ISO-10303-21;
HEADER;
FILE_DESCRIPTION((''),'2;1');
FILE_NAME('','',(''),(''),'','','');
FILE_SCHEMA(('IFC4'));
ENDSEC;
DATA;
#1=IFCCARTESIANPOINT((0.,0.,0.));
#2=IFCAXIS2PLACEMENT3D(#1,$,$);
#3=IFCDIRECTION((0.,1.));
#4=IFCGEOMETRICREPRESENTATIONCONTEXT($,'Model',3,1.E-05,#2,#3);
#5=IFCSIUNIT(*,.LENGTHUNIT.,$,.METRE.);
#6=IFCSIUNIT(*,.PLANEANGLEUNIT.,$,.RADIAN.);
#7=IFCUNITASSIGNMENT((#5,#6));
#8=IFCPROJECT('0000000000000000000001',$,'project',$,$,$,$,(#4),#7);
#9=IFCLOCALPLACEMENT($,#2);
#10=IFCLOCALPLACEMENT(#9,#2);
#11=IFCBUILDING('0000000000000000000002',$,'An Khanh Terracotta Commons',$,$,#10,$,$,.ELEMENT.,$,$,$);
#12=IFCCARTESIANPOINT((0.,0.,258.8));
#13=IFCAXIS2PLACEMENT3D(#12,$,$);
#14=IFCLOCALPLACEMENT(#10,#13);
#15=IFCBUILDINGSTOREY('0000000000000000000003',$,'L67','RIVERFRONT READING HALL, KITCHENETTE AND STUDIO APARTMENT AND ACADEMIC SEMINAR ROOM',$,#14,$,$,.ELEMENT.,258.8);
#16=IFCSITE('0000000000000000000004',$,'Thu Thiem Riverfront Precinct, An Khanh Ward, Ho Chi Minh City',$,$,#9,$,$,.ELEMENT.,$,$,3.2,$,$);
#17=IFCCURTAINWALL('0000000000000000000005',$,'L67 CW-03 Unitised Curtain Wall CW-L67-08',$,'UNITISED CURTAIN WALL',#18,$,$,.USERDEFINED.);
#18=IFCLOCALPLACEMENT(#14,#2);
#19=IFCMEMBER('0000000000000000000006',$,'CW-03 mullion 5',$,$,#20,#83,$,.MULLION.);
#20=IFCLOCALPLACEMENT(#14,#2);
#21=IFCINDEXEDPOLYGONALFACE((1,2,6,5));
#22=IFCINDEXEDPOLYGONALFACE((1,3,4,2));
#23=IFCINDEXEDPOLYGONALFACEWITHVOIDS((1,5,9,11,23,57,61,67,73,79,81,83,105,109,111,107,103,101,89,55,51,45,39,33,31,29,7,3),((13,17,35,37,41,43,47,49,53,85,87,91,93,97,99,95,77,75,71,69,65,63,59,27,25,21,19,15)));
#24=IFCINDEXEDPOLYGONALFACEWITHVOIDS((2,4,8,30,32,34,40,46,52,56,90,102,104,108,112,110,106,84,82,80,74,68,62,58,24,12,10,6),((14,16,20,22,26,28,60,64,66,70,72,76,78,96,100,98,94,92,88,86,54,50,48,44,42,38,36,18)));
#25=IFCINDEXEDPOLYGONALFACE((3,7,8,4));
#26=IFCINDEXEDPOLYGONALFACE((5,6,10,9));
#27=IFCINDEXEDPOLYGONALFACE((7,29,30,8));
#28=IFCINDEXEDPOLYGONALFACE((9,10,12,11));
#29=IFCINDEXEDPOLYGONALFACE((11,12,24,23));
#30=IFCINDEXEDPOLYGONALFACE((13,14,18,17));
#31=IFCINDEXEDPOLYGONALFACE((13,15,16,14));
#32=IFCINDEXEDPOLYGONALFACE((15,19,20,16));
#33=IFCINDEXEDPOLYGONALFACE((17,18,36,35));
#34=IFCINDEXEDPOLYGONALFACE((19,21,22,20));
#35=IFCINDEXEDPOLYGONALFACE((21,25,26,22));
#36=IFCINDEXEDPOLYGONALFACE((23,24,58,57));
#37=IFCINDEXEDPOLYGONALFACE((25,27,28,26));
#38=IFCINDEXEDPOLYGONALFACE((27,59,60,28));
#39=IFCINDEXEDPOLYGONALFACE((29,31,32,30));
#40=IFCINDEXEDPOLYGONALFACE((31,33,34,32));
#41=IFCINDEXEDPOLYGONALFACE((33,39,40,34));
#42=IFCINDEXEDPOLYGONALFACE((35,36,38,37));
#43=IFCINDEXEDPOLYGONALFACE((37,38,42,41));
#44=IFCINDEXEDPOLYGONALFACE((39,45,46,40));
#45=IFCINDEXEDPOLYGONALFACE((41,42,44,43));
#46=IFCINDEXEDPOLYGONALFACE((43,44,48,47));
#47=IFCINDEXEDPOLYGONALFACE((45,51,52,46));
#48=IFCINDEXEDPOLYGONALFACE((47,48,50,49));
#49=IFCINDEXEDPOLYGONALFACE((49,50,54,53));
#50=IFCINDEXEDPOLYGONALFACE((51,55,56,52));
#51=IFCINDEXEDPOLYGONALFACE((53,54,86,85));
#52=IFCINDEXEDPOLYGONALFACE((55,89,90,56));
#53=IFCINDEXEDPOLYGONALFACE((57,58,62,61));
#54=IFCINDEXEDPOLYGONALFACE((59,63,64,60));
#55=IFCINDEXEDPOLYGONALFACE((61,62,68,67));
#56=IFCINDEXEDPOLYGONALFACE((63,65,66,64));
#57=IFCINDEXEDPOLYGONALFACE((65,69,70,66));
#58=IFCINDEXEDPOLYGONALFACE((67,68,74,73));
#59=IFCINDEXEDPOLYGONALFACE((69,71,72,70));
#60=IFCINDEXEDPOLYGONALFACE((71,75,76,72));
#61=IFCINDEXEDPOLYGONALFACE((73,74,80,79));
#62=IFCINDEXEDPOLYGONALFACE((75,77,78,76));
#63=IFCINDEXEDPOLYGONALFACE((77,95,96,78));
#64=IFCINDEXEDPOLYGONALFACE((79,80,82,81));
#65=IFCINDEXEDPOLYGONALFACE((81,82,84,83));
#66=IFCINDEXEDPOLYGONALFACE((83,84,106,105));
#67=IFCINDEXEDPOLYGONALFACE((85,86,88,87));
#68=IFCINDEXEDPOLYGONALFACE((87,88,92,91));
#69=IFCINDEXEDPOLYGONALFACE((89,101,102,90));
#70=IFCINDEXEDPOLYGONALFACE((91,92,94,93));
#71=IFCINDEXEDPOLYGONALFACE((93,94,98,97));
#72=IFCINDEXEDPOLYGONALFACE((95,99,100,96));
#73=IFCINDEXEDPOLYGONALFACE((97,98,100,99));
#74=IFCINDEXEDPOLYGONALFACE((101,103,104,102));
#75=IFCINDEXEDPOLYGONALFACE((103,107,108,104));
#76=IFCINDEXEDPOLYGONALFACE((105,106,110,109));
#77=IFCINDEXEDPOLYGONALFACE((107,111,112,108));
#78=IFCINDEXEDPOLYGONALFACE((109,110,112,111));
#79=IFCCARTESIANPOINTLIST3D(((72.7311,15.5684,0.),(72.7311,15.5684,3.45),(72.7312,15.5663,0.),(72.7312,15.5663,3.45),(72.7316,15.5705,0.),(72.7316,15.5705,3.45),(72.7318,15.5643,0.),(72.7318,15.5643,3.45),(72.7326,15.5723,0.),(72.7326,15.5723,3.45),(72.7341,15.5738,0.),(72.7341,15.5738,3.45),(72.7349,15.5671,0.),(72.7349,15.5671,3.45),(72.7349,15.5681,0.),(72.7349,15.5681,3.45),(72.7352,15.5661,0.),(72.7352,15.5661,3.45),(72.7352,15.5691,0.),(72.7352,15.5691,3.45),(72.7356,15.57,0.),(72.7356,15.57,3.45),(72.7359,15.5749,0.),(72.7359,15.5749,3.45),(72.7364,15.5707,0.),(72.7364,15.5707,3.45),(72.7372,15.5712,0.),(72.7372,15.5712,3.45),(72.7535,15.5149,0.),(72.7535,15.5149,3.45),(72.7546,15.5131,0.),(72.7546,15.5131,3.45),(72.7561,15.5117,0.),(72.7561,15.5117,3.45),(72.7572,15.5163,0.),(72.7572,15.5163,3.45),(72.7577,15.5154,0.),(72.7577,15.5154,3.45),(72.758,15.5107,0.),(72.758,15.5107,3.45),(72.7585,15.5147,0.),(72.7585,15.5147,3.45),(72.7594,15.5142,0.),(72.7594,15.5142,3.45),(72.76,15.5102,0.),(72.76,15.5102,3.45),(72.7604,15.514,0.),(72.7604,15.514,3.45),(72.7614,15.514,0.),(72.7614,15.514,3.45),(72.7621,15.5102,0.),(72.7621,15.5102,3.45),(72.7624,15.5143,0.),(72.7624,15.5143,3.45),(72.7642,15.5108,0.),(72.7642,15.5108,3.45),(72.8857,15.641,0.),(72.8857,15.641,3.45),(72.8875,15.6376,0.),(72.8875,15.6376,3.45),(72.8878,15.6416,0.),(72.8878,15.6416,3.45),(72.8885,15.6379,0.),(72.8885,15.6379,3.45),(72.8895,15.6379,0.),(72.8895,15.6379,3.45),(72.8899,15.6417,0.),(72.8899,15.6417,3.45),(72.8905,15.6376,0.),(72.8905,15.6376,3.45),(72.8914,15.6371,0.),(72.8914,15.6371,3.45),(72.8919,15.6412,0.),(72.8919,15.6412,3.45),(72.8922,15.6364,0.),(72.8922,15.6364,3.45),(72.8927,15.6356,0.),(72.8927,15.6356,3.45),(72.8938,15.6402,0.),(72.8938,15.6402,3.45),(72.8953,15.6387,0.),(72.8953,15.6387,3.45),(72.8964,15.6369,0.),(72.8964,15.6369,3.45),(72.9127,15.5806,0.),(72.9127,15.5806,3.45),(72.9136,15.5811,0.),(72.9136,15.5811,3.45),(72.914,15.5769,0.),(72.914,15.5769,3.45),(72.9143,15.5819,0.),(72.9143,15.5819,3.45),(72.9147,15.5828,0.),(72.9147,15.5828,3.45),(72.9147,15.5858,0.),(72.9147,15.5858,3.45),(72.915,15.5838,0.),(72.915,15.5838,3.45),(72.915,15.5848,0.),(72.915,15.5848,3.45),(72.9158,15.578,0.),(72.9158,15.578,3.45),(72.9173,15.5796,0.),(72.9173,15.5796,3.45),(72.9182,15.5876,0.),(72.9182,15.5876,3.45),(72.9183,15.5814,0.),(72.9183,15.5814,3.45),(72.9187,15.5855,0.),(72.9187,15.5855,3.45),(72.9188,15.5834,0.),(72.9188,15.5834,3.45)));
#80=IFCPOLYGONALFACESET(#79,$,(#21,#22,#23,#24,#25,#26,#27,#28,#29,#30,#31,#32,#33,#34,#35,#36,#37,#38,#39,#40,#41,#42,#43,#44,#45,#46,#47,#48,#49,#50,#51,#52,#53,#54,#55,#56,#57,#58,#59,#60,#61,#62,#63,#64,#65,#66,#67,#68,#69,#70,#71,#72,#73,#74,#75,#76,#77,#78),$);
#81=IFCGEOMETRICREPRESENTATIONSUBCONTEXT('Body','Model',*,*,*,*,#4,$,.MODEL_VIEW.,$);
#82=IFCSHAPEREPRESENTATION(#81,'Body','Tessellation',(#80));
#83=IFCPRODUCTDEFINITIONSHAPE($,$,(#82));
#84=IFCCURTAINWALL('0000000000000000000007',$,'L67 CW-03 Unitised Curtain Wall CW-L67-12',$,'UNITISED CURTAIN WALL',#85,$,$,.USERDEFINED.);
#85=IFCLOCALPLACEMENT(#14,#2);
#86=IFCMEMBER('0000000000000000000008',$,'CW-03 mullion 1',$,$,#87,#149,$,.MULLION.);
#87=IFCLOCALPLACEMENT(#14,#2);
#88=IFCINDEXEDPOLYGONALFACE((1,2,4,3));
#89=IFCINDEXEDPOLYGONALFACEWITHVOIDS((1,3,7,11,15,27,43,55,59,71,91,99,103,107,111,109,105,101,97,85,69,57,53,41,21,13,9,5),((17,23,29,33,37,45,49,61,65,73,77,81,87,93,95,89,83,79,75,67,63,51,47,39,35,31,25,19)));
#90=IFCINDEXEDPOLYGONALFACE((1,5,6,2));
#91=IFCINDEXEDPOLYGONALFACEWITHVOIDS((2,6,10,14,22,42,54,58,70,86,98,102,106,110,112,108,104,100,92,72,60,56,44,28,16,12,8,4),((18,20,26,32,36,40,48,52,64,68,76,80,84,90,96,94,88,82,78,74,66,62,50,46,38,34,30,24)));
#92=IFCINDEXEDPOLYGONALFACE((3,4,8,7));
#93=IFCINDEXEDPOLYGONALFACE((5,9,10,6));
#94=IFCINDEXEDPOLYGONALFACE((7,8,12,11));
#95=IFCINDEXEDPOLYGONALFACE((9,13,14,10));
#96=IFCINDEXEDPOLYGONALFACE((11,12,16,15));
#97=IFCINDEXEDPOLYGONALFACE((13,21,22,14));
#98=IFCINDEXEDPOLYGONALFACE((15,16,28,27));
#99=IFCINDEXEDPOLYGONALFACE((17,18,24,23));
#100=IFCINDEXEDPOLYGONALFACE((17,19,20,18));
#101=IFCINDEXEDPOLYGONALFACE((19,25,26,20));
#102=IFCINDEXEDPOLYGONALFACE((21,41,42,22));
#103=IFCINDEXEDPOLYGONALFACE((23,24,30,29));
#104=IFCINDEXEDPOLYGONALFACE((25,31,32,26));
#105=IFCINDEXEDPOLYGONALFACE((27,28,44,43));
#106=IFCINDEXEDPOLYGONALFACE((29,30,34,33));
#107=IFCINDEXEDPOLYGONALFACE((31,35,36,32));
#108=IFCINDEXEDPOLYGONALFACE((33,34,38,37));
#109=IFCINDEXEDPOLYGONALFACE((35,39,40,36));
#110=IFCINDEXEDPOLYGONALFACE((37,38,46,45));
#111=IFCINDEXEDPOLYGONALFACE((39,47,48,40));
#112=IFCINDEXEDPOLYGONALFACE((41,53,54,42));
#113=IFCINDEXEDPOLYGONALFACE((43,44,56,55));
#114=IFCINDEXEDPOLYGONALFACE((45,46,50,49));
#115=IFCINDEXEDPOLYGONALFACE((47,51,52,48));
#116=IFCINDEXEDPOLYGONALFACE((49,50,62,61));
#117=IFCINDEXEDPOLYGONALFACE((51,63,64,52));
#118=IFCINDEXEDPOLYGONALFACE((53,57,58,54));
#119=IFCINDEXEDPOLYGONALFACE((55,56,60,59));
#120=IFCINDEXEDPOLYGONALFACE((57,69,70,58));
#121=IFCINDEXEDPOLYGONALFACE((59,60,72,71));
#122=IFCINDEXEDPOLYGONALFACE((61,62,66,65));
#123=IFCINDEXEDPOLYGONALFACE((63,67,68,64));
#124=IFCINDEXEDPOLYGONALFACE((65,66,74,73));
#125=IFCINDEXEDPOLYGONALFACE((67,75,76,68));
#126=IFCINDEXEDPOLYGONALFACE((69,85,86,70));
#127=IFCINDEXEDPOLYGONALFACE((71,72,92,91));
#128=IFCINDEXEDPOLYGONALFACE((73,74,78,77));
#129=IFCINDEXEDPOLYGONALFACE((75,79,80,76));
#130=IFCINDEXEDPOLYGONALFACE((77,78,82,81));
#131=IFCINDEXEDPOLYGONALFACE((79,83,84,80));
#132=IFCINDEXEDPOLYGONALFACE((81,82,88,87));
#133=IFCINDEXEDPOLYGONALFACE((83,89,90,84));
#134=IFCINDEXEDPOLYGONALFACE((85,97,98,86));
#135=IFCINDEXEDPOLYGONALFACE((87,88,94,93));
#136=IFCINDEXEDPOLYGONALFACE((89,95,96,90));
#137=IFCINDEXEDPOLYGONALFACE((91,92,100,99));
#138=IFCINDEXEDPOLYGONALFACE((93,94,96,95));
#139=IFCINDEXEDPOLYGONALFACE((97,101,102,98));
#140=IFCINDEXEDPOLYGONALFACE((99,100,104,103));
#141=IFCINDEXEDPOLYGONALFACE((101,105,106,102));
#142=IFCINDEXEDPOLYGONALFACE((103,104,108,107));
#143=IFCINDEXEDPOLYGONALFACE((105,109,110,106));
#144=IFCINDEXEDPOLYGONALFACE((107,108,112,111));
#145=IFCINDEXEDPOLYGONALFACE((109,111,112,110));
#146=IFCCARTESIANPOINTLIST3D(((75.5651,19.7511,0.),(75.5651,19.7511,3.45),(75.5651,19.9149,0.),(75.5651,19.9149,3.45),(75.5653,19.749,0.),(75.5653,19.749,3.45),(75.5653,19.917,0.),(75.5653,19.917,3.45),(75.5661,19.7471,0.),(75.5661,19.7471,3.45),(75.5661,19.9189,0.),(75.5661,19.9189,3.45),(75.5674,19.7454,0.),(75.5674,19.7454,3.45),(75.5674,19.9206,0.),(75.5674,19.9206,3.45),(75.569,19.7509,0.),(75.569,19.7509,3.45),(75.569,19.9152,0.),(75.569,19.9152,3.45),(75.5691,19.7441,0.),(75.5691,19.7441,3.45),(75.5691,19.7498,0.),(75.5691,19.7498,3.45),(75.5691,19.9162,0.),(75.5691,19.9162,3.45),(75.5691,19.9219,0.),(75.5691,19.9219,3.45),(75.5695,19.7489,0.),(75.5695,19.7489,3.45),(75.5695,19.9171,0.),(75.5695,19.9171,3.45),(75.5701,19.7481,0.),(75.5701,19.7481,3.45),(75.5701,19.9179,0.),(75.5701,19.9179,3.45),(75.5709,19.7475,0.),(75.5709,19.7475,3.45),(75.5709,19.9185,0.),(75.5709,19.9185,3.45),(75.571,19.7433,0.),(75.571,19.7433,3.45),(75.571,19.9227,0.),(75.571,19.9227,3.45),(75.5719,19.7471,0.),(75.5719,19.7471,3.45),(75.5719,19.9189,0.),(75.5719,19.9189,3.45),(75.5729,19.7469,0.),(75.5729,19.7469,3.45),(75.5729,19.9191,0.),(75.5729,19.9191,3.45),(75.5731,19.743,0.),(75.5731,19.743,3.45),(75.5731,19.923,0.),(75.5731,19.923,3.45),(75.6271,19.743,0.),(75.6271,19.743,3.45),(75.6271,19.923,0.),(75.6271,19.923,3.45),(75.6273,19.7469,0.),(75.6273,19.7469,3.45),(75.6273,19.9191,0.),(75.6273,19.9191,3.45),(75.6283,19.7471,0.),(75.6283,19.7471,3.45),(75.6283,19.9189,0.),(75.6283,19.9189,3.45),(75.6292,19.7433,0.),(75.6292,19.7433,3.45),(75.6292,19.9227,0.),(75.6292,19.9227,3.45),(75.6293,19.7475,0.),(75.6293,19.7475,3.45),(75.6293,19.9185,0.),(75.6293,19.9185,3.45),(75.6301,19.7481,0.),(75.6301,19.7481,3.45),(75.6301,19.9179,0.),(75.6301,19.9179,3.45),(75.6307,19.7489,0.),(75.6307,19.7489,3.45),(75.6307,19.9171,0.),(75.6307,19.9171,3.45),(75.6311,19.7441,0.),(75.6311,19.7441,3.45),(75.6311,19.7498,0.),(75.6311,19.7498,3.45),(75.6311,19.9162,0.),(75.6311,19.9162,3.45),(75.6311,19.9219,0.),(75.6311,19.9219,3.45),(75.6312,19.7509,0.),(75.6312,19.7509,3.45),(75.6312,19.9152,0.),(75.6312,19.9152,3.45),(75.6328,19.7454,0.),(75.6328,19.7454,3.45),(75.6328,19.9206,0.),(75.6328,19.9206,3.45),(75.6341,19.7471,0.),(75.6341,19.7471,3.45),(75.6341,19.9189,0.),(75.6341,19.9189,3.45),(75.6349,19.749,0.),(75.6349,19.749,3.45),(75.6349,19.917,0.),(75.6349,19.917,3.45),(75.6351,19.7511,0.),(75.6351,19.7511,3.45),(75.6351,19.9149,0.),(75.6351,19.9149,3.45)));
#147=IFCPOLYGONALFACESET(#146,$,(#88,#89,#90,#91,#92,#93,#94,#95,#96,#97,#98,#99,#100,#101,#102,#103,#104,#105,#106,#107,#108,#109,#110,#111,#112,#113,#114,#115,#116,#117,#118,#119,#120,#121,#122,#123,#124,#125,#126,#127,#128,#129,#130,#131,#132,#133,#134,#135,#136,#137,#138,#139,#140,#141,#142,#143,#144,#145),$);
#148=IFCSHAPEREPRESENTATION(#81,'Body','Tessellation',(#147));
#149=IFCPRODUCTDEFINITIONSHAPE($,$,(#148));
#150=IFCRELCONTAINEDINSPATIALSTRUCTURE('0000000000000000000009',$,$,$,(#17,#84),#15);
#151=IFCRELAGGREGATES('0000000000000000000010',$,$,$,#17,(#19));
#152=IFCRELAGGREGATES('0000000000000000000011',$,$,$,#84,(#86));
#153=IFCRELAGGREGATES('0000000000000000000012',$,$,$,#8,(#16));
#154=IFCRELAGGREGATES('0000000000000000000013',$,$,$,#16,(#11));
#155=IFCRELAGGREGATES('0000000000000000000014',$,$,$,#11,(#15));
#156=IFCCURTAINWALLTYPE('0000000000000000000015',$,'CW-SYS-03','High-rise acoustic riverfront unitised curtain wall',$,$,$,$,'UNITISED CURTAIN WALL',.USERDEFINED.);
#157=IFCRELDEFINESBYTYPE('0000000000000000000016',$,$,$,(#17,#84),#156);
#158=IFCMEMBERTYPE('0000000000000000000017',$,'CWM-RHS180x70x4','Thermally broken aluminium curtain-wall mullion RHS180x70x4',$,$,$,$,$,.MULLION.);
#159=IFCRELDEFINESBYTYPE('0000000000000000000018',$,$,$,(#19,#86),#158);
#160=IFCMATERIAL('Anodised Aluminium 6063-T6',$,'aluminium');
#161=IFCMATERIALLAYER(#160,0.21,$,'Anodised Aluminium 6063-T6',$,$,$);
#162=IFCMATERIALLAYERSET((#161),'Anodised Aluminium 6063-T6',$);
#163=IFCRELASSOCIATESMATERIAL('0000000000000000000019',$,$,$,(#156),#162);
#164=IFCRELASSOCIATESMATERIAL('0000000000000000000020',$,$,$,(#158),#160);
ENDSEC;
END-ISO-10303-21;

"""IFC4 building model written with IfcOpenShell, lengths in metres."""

from ifc_helpers import new_model, si_unit, direction, frame, origin, origin_2d, place, context, subcontext, project, spatial, hollow_rectangle, extrude, material, layer, layer_set, material_profile, profile_set, type_object, element, aggregate, save


model = new_model("IFC4")

# Units and contexts
model_context = context("Model", 3, precision=1e-05, world=origin(), true_north=direction((0.0, 1.0)))
body_context = subcontext(model_context, "Body", "Model", "MODEL_VIEW")
ifc_project = project(units=[si_unit("LENGTHUNIT", "METRE"), si_unit("PLANEANGLEUNIT", "RADIAN")], contexts=[model_context])

# Site, building, storey
site_placement = place(None, origin())
site = spatial("IfcSite", under=ifc_project, at=site_placement, Name="Thu Thiem Riverfront Precinct, An Khanh Ward, Ho Chi Minh City", CompositionType="ELEMENT", RefElevation=3.2)
building_placement = place(site_placement, origin())
building = spatial("IfcBuilding", under=site, at=building_placement, Name="An Khanh Terracotta Commons", CompositionType="ELEMENT")
storey_placement = place(building_placement, frame((0.0, 0.0, 258.8)))
storey = spatial("IfcBuildingStorey", under=building, at=storey_placement, Name="L67", Description="RIVERFRONT READING HALL, KITCHENETTE AND STUDIO APARTMENT AND ACADEMIC SEMINAR ROOM", CompositionType="ELEMENT", Elevation=258.8)

# Curtain walls, members
ifc_material_1 = material(Name="Anodised Aluminium 6063-T6", Category="aluminium")
ifc_layer_1 = layer(ifc_material_1, 0.21, Name="Anodised Aluminium 6063-T6")
ifc_layer_set_1 = layer_set([ifc_layer_1], Name="Anodised Aluminium 6063-T6")
curtain_wall_type = type_object("IfcCurtainWallType", Name="CW-SYS-03", Description="High-rise acoustic riverfront unitised curtain wall", ElementType="UNITISED CURTAIN WALL", PredefinedType="USERDEFINED", material=ifc_layer_set_1)
curtain_wall_1_placement = place(storey_placement, origin())
curtain_wall_1 = element("IfcCurtainWall", 1, at=curtain_wall_1_placement, inside=storey, type_object=curtain_wall_type, Name="L67 CW-03 Unitised Curtain Wall CW-L67-08", ObjectType="UNITISED CURTAIN WALL", PredefinedType="USERDEFINED")
ifc_material_profile_1 = material_profile(ifc_material_1, hollow_rectangle(XDim=0.0701, YDim=0.1799, WallThickness=0.0039, InnerFilletRadius=0.0039, OuterFilletRadius=0.0081, at=origin_2d()), Name="RHS180x70x4")
ifc_profile_set_1 = profile_set([ifc_material_profile_1], Name="Anodised Aluminium 6063-T6")
member_type_1 = type_object("IfcMemberType", Name="CWM-RHS180x70x4", Description="Thermally broken aluminium curtain-wall mullion RHS180x70x4", PredefinedType="MULLION", material=ifc_profile_set_1)
member_1_placement = place(storey_placement, frame((72.825, 15.5759, 0.0), z_axis=(0.0, 0.0, 1.0), x_axis=(-0.403676, 0.914902, 0.0)))
member_1 = element("IfcMember", 2, at=member_1_placement, type_object=member_type_1, Name="CW-03 mullion 5", PredefinedType="MULLION", context=body_context, shape_type="SweptSolid", body=[
    extrude(hollow_rectangle(XDim=0.0701, YDim=0.1799, WallThickness=0.0039, InnerFilletRadius=0.0039, OuterFilletRadius=0.0081, at=origin_2d()), origin(), (0.0, 0.0, 1.0), 3.45),
])
curtain_wall_2_placement = place(storey_placement, origin())
curtain_wall_2 = element("IfcCurtainWall", 3, at=curtain_wall_2_placement, inside=storey, type_object=curtain_wall_type, Name="L67 CW-03 Unitised Curtain Wall CW-L67-12", ObjectType="UNITISED CURTAIN WALL", PredefinedType="USERDEFINED")
member_2_placement = place(storey_placement, frame((75.6001, 19.833, 0.0), z_axis=(0.0, 0.0, 1.0), x_axis=(-1.0, 0.0, 0.0)))
member_2 = element("IfcMember", 4, at=member_2_placement, type_object=member_type_1, Name="CW-03 mullion 1", PredefinedType="MULLION", context=body_context, shape_type="SweptSolid", body=[
    extrude(hollow_rectangle(XDim=0.0701, YDim=0.1799, WallThickness=0.0039, InnerFilletRadius=0.0039, OuterFilletRadius=0.0081, at=origin_2d()), origin(), (0.0, 0.0, 1.0), 3.45),
])

aggregate(curtain_wall_1, [member_1])
aggregate(curtain_wall_2, [member_2])

save(model, "model.ifc")
